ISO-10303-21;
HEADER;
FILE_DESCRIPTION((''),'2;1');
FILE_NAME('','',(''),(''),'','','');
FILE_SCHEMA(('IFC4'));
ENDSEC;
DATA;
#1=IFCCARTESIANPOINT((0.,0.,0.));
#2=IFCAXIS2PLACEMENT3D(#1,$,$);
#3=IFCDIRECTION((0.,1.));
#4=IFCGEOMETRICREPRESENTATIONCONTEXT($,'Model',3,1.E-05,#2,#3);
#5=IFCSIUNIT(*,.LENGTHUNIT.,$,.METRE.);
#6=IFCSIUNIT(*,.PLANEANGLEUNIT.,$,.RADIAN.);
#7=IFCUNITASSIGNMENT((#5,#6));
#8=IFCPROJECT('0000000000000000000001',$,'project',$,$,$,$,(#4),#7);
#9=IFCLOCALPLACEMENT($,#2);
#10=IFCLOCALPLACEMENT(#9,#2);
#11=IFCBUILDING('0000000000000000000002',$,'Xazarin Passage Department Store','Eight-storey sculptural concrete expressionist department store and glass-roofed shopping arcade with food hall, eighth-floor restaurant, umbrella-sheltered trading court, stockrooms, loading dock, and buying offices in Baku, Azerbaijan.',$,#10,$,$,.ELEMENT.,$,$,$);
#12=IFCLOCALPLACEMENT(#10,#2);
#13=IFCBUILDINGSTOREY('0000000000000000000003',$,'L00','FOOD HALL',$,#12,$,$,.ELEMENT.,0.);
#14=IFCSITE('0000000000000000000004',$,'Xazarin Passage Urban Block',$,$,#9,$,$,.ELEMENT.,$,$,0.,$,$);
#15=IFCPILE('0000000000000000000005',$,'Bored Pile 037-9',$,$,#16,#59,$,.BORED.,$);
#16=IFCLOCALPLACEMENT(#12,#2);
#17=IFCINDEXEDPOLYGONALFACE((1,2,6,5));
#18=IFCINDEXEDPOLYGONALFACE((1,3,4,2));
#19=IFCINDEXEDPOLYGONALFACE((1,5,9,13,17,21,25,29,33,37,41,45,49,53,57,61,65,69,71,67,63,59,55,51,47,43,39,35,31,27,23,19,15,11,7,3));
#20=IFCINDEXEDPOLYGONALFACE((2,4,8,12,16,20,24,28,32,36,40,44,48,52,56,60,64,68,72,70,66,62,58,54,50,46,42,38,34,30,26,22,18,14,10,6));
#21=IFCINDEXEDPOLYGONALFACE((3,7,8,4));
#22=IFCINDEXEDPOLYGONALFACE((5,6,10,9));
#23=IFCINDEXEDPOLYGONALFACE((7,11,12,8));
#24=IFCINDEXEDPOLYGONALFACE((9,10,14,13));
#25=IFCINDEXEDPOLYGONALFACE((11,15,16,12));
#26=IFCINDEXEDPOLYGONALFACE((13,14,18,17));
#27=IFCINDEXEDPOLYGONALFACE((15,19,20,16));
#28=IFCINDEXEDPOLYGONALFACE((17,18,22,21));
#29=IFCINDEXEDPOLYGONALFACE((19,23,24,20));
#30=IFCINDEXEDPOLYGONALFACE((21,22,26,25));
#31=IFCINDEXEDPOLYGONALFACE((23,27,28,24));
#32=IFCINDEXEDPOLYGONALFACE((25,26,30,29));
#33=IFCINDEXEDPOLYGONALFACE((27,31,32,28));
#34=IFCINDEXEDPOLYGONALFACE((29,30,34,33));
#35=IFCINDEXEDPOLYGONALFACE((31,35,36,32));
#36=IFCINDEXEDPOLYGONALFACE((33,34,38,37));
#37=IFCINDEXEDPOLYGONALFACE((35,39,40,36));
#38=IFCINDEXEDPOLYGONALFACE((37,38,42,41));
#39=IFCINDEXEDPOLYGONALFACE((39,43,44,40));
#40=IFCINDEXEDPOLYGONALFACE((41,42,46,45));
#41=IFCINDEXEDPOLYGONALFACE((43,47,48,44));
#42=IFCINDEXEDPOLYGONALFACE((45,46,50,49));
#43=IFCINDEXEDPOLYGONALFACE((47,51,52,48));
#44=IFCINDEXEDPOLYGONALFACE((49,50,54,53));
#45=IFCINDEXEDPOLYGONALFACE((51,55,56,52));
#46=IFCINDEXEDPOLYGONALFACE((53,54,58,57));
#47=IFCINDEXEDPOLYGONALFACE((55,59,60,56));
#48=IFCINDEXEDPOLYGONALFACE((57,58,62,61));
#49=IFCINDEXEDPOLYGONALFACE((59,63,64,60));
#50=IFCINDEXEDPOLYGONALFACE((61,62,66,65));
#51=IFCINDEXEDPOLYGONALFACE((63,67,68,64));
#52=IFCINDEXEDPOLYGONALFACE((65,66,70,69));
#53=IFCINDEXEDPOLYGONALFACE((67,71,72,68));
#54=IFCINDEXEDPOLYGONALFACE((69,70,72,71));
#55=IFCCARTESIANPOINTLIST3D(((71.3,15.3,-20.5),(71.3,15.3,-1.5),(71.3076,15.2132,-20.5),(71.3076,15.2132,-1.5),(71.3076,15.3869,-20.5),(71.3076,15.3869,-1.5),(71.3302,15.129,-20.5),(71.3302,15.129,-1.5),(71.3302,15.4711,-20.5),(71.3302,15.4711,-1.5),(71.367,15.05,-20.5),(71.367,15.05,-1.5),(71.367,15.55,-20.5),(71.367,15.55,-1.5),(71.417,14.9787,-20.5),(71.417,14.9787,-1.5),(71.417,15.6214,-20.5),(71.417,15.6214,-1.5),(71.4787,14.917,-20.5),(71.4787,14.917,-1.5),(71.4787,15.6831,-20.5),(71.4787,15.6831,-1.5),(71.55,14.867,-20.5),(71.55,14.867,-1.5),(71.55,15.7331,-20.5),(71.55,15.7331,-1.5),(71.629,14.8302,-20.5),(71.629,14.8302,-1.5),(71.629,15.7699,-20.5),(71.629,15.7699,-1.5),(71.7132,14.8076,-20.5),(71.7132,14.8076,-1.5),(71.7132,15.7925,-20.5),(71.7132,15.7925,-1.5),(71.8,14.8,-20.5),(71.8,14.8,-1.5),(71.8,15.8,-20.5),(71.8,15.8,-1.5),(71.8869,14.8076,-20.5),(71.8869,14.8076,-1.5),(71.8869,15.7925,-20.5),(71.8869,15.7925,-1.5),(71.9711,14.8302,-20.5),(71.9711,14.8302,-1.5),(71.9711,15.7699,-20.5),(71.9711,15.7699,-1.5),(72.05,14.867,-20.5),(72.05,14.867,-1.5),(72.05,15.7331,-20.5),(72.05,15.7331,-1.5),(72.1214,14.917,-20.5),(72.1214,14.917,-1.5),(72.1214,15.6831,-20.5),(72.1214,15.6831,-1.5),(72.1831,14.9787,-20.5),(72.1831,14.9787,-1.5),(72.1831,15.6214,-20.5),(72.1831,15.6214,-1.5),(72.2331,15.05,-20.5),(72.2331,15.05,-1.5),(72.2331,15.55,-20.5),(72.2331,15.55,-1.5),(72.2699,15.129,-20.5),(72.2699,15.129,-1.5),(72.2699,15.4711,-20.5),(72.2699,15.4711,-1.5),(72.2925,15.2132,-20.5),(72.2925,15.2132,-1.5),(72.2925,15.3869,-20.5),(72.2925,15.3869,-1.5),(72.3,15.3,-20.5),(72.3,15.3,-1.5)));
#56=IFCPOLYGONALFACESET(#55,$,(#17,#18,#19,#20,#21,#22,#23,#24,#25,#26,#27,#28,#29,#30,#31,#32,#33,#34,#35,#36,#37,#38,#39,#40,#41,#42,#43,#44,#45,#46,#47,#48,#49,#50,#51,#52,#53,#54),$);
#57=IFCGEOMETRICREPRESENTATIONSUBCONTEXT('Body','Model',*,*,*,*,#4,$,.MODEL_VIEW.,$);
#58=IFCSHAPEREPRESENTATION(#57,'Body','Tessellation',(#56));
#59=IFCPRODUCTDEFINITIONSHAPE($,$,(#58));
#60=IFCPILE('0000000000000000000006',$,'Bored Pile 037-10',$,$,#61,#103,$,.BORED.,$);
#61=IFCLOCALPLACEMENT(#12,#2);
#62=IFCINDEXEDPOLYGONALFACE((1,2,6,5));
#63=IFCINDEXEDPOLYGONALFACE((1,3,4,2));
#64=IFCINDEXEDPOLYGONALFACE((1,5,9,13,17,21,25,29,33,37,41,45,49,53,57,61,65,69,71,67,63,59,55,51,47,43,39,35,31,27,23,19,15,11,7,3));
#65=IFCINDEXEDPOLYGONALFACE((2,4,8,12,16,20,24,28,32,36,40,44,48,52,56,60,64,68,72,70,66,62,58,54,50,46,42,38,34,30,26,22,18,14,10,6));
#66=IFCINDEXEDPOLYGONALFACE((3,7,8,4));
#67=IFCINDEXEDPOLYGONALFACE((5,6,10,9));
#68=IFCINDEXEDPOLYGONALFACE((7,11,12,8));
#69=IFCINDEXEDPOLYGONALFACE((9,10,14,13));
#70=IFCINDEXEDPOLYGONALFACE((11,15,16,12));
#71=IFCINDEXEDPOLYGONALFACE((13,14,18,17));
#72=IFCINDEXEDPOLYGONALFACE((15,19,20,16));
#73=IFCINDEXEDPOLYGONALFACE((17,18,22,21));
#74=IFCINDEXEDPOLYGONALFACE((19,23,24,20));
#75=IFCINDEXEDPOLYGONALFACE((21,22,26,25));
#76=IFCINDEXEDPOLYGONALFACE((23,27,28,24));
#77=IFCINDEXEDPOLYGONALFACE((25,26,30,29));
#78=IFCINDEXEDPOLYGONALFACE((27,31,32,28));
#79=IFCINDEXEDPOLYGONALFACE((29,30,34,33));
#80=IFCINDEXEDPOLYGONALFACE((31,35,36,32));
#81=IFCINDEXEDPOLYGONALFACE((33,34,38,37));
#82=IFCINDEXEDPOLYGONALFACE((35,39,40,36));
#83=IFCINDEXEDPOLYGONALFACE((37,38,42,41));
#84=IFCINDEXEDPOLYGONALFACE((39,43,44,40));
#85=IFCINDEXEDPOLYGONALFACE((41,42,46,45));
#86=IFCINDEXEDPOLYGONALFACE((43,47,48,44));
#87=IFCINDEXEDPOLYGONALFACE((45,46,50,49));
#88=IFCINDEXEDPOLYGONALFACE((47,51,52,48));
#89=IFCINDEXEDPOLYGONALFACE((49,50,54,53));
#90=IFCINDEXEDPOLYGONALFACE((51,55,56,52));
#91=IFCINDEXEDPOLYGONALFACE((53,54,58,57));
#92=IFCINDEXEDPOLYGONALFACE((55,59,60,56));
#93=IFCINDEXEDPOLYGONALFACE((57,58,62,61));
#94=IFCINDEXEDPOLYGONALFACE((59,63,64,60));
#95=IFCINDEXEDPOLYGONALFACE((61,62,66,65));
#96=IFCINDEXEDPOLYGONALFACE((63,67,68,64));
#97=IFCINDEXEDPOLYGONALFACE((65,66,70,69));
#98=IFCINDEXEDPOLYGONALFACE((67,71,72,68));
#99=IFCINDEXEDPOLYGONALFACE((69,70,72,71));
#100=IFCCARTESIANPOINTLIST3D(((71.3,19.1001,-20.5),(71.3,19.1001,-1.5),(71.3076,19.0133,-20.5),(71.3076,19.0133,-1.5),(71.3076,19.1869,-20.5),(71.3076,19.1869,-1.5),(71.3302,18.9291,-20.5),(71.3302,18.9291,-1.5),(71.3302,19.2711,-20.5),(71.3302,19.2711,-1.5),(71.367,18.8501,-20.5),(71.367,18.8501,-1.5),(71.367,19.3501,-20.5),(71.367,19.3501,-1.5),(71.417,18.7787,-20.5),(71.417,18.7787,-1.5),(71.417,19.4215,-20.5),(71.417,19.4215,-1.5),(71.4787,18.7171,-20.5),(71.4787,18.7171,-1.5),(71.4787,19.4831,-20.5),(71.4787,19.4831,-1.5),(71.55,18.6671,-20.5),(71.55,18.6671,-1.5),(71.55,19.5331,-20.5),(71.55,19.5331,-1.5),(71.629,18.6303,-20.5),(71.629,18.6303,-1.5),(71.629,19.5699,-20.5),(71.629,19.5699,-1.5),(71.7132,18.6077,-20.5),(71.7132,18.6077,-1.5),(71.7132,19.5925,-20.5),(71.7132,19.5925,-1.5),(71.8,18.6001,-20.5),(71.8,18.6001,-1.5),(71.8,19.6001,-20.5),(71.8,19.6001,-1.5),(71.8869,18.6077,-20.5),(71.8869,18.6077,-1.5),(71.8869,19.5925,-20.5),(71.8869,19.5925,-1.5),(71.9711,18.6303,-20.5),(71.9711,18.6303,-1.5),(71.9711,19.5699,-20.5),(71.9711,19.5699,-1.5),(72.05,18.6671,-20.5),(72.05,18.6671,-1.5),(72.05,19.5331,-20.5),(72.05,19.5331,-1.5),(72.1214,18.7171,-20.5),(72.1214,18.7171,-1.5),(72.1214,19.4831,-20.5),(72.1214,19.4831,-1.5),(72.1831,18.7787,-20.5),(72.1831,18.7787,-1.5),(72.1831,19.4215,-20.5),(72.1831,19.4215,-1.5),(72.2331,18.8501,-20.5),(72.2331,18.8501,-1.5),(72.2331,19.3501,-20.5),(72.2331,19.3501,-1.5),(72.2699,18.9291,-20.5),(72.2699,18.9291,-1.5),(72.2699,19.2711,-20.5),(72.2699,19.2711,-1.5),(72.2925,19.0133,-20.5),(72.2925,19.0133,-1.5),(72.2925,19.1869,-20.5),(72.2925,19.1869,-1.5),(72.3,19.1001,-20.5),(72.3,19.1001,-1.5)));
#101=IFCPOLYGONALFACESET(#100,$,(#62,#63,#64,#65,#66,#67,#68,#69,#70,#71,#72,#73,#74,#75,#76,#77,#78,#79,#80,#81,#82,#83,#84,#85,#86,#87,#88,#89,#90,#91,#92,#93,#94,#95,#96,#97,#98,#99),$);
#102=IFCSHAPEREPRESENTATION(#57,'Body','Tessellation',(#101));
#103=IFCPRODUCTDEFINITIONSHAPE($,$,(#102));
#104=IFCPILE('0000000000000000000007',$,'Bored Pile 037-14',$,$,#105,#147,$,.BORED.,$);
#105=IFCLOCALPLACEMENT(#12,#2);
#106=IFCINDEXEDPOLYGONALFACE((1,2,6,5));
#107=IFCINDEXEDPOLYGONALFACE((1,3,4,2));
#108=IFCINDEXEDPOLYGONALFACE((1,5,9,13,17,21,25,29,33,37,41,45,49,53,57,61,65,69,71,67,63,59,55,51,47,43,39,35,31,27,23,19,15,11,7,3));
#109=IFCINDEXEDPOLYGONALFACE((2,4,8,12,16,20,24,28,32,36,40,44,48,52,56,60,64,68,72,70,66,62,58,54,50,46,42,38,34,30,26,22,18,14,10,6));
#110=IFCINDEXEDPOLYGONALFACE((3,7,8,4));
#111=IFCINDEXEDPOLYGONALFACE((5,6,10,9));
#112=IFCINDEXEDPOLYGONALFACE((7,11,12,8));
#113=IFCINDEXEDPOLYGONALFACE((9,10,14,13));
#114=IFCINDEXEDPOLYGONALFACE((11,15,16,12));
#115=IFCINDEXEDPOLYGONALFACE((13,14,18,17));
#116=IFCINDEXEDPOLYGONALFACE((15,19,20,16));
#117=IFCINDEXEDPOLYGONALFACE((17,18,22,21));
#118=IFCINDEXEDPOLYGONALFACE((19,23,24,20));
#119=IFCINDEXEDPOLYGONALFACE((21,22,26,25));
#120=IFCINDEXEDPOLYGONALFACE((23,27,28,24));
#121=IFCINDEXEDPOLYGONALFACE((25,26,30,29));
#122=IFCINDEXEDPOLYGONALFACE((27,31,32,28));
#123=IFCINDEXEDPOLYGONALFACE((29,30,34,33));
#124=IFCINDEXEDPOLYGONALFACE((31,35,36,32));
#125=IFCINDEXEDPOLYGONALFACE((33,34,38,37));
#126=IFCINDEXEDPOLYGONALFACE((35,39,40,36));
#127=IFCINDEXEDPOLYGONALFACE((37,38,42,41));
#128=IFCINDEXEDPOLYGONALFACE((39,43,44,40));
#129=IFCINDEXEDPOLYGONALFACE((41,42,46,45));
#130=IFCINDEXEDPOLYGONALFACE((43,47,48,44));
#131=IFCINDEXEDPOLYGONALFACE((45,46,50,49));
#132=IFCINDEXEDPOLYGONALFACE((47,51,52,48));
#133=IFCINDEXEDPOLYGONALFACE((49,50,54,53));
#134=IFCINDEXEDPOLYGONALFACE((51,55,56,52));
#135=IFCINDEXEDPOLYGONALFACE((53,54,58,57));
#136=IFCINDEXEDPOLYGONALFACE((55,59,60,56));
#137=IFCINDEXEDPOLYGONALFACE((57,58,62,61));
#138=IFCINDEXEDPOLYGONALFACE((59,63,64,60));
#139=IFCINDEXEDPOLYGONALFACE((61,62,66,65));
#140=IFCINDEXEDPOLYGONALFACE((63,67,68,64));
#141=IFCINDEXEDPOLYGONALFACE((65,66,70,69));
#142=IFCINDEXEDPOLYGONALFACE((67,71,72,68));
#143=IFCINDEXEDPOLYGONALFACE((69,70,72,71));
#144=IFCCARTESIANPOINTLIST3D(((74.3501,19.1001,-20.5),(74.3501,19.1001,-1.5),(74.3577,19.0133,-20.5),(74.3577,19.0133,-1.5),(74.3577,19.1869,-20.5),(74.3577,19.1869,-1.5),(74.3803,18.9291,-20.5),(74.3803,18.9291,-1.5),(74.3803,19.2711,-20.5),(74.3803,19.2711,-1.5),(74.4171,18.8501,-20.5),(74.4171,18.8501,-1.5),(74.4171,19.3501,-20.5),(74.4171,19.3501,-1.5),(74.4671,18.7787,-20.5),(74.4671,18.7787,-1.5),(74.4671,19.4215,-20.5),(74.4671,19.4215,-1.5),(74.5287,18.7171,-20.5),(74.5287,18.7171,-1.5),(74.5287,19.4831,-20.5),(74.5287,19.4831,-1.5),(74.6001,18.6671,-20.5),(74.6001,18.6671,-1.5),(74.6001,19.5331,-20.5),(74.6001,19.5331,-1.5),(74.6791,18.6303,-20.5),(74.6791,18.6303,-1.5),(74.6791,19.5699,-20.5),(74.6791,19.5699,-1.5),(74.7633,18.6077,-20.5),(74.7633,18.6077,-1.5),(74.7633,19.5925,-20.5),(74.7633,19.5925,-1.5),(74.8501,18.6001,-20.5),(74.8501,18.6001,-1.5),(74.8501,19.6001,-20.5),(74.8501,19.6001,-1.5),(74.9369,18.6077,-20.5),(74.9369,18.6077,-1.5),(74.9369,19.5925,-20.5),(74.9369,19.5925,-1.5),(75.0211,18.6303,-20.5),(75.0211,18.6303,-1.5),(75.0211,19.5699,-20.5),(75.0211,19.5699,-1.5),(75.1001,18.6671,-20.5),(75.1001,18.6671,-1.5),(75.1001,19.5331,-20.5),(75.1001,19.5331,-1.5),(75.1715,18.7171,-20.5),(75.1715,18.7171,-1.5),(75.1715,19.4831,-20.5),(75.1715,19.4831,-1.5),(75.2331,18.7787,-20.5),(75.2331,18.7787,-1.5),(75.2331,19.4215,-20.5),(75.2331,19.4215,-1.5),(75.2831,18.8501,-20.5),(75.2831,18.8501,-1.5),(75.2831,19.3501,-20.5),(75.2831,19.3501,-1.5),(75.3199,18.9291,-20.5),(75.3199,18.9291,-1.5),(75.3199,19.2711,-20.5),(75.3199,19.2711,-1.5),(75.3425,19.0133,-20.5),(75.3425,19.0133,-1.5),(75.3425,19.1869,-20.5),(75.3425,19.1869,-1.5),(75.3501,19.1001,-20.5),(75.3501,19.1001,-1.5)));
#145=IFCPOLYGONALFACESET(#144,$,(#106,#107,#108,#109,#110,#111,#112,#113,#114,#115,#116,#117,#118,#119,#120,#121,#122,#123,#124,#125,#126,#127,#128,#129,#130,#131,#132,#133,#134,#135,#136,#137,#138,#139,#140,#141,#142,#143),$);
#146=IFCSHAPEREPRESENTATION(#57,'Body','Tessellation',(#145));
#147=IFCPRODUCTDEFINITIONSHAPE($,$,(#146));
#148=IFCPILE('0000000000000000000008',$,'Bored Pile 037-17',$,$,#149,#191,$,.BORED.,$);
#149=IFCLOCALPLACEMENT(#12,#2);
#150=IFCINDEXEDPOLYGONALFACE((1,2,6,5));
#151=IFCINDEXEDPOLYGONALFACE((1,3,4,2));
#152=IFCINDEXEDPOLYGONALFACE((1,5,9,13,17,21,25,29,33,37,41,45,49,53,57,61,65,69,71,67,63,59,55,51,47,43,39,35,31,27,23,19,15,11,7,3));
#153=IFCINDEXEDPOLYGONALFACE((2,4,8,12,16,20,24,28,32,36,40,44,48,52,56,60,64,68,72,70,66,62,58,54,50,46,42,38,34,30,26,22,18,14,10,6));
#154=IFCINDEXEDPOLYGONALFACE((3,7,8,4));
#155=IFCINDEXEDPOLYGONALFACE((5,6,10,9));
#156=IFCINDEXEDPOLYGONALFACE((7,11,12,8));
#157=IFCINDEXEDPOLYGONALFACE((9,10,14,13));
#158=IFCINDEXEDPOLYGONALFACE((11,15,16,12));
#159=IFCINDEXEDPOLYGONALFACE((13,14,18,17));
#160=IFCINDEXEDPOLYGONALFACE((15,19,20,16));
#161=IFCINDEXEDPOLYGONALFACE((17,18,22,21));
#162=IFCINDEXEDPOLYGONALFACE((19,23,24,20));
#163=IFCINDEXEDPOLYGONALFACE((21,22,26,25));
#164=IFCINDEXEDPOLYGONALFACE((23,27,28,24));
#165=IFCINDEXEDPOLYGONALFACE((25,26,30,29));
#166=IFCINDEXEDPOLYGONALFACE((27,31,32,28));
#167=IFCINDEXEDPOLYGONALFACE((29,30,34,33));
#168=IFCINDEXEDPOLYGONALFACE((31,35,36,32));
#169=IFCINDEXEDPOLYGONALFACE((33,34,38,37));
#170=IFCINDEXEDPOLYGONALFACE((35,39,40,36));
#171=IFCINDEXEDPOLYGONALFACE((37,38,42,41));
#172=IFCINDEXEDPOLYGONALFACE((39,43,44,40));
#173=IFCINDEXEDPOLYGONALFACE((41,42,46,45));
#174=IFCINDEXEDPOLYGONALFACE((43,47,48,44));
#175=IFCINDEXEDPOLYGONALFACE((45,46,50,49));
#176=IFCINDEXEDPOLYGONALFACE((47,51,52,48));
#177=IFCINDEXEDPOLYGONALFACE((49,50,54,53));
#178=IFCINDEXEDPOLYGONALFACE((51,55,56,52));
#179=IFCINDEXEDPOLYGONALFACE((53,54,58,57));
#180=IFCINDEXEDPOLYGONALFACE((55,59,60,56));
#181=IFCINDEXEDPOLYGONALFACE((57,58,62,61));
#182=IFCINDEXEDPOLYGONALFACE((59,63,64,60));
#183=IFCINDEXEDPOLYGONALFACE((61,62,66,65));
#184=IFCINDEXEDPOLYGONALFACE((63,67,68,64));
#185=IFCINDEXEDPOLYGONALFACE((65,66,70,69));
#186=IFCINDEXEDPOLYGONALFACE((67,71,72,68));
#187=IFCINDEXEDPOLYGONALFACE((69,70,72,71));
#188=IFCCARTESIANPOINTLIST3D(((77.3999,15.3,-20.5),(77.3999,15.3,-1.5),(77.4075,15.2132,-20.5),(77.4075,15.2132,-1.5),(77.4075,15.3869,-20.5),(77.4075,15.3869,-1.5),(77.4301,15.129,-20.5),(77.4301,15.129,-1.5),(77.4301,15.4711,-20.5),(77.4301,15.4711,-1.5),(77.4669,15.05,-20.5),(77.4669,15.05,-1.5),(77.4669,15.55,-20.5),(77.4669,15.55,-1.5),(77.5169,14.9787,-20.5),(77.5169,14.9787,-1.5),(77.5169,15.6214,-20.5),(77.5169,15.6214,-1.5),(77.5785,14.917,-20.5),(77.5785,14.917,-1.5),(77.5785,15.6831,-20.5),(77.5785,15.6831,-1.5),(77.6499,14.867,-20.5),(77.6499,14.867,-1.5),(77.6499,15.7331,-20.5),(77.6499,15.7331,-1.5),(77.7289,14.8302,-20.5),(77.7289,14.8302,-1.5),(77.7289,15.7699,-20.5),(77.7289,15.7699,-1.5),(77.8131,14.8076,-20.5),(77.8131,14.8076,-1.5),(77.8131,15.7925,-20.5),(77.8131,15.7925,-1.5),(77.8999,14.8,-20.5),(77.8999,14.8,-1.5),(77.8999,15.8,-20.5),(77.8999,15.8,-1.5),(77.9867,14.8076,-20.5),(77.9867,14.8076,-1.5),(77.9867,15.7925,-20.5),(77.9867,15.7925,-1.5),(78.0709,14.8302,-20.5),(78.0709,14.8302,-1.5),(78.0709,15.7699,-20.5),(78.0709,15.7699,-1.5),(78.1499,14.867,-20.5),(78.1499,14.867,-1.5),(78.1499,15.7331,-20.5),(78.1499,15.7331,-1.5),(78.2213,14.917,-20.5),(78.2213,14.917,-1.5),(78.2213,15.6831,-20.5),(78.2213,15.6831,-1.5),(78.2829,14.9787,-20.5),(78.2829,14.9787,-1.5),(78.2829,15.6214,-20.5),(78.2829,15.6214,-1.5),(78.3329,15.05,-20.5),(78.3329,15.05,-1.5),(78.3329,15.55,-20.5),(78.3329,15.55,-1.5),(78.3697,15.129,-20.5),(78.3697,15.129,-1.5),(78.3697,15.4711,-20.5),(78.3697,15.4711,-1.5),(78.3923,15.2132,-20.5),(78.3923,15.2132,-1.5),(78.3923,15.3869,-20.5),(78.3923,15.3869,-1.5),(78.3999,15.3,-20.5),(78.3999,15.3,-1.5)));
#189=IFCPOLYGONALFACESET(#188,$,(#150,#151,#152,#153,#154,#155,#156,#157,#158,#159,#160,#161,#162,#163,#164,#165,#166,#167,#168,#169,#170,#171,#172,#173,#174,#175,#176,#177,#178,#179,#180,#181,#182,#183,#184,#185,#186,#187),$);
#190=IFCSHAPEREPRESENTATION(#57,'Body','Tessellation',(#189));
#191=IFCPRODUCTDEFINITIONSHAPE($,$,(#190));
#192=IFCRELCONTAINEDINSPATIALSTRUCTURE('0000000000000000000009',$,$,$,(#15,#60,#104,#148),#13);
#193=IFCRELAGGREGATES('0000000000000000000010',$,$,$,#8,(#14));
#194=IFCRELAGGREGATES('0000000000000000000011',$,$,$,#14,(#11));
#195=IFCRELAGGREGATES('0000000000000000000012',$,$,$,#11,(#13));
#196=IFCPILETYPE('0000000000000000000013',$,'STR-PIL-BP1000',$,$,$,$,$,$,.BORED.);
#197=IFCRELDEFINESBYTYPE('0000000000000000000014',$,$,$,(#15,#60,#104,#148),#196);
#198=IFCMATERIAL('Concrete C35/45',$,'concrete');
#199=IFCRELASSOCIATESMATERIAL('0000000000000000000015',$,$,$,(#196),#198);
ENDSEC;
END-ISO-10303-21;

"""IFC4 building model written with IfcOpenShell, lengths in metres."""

from ifc_helpers import new_model, si_unit, direction, frame, origin, origin_2d, place, context, subcontext, project, spatial, circle, extrude, material, material_profile, profile_set, type_object, element, save


model = new_model("IFC4")

# Units and contexts
model_context = context("Model", 3, precision=1e-05, world=origin(), true_north=direction((0.0, 1.0)))
body_context = subcontext(model_context, "Body", "Model", "MODEL_VIEW")
ifc_project = project(units=[si_unit("LENGTHUNIT", "METRE"), si_unit("PLANEANGLEUNIT", "RADIAN")], contexts=[model_context])

# Site, building, storey
site_placement = place(None, origin())
site = spatial("IfcSite", under=ifc_project, at=site_placement, Name="Xazarin Passage Urban Block", CompositionType="ELEMENT", RefElevation=0.0)
building_placement = place(site_placement, origin())
building = spatial("IfcBuilding", under=site, at=building_placement, Name="Xazarin Passage Department Store", Description="Eight-storey sculptural concrete expressionist department store and glass-roofed shopping arcade with food hall, eighth-floor restaurant, umbrella-sheltered trading court, stockrooms, loading dock, and buying offices in Baku, Azerbaijan.", CompositionType="ELEMENT")
storey_placement = place(building_placement, origin())
storey = spatial("IfcBuildingStorey", under=building, at=storey_placement, Name="L00", Description="FOOD HALL", CompositionType="ELEMENT", Elevation=0.0)

# Shared definitions
ifc_material_1 = material(Name="Concrete C35/45", Category="concrete")

# Piles
ifc_material_profile_1 = material_profile(ifc_material_1, circle(Radius=0.5, at=origin_2d()), Name="BP 1000")
ifc_profile_set_1 = profile_set([ifc_material_profile_1], Name="Concrete C35/45")
pile_type_1 = type_object("IfcPileType", Name="STR-PIL-BP1000", PredefinedType="BORED", material=ifc_profile_set_1)
for number, where, z_axis, x_axis, name in (
    (1, (71.8, 15.3, -1.5), (0.0, 0.0, -1.0), (1.0, 0.0, 0.0), "Bored Pile 037-9"),
    (2, (71.8, 19.1001, -1.5), (0.0, 0.0, -1.0), (1.0, 0.0, 0.0), "Bored Pile 037-10"),
    (3, (74.8501, 19.1001, -1.5), (0.0, 0.0, -1.0), (1.0, 0.0, 0.0), "Bored Pile 037-14"),
    (4, (77.8999, 15.3, -1.5), (0.0, 0.0, -1.0), (1.0, 0.0, 0.0), "Bored Pile 037-17"),
):
    element("IfcPile", number, at=place(storey_placement, frame(where, z_axis=z_axis, x_axis=x_axis)), inside=storey, type_object=pile_type_1, Name=name, PredefinedType="BORED", context=body_context, shape_type="SweptSolid", body=[
        extrude(circle(Radius=0.5, at=origin_2d()), origin(), (0.0, 0.0, 1.0), 19.0),
    ])

save(model, "model.ifc")
